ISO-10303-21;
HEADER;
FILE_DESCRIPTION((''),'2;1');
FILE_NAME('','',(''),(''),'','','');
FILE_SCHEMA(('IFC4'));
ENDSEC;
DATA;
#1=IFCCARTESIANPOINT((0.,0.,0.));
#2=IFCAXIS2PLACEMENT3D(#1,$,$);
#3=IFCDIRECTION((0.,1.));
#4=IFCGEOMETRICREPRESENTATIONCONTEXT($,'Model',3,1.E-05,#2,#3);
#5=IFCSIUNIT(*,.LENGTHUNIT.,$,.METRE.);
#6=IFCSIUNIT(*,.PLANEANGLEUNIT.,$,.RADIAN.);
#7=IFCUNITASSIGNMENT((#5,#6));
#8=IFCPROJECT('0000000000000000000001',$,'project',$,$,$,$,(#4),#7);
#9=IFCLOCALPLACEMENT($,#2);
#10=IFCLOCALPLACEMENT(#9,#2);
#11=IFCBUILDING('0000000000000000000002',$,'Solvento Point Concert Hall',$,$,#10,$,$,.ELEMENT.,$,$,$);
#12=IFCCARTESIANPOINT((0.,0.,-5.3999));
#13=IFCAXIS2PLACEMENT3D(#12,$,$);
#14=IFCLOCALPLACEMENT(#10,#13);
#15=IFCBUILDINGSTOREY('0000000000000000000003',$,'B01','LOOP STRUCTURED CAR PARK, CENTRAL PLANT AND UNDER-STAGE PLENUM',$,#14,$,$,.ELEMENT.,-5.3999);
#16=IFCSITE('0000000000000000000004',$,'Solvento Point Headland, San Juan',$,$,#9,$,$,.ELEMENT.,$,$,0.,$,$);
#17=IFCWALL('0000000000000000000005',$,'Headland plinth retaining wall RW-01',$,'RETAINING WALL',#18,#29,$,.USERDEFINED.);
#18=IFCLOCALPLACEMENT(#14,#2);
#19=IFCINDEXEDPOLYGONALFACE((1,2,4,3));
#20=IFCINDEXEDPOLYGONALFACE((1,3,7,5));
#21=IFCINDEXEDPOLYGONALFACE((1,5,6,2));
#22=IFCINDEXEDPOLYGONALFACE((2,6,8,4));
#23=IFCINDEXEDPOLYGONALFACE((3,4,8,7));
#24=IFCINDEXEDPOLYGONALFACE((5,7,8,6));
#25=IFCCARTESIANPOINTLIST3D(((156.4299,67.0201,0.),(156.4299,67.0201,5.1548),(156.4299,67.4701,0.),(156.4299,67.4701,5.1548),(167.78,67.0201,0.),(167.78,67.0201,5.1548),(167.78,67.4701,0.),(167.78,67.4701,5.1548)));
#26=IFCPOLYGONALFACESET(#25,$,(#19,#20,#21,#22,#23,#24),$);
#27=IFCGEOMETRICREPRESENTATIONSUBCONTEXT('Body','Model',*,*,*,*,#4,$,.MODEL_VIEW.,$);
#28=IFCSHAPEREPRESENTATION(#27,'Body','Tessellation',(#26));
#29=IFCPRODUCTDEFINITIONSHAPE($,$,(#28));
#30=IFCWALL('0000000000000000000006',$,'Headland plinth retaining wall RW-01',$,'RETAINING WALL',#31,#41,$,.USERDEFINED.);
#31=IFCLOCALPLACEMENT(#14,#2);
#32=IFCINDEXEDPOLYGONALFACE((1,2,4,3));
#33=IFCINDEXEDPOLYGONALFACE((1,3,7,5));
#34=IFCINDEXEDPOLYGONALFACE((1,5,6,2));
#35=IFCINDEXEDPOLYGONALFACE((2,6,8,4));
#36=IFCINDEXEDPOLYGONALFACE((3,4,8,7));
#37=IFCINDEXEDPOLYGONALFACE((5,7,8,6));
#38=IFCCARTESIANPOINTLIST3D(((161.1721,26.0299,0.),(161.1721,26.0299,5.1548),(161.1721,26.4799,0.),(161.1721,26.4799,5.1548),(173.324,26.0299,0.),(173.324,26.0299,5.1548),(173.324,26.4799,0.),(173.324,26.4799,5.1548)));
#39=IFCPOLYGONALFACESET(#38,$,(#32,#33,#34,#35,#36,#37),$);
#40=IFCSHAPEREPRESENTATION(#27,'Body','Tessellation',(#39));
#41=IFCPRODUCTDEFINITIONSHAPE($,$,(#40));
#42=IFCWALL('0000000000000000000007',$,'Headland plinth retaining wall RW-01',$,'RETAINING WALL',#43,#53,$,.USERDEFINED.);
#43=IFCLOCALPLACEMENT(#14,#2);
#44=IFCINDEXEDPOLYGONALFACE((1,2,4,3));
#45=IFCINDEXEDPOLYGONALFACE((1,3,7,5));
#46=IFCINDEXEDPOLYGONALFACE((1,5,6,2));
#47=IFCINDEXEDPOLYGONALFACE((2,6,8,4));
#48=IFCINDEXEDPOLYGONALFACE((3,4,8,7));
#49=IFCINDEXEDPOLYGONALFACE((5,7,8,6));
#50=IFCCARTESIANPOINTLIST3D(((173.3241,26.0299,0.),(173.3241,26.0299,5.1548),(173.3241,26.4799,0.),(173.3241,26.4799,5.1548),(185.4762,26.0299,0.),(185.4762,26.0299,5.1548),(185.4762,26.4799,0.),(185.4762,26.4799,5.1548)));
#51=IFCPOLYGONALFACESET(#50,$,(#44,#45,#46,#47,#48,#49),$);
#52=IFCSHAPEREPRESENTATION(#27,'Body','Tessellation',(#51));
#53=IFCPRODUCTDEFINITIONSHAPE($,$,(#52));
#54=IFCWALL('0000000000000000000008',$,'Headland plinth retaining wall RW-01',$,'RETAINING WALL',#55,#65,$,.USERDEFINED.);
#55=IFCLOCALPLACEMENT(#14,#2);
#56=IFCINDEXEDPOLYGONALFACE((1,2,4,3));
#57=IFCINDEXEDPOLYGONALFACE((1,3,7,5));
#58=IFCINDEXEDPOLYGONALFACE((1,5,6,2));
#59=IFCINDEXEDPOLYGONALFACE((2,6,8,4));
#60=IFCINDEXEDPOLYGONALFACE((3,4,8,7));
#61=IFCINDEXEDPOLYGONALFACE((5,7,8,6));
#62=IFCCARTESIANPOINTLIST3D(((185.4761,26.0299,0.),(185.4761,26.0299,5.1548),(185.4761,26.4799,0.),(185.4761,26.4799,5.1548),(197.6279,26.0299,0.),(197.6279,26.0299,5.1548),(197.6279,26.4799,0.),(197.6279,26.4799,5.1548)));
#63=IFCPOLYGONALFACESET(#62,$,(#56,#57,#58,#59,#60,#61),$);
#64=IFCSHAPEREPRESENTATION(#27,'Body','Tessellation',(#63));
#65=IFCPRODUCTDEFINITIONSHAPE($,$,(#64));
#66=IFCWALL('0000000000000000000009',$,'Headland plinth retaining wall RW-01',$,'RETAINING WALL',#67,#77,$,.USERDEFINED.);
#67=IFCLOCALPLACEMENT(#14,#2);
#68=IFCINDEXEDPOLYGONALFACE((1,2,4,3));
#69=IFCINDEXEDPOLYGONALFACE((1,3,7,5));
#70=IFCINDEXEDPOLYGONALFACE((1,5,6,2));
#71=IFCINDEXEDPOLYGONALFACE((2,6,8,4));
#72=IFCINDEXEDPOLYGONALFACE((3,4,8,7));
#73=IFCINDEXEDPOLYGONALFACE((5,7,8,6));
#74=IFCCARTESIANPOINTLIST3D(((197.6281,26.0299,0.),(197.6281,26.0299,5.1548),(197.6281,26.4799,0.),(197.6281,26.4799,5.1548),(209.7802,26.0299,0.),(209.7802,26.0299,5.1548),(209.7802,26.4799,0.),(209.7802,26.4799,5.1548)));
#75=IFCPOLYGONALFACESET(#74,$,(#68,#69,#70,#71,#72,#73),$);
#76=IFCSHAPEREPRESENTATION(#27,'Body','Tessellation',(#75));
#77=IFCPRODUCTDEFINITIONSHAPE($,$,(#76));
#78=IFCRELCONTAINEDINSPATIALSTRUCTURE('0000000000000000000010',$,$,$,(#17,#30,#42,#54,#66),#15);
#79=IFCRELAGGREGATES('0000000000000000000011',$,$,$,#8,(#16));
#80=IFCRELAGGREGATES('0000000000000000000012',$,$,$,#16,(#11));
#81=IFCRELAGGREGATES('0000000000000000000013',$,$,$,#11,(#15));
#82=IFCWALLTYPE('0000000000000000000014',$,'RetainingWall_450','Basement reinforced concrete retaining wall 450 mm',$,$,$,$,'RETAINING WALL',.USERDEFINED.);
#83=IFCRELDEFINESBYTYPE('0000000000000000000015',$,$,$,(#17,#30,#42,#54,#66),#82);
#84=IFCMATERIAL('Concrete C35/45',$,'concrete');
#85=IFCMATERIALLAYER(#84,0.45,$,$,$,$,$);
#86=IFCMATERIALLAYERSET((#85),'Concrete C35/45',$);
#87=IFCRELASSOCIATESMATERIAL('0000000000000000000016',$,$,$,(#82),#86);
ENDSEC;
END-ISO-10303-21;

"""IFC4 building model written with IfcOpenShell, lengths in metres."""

from ifc_helpers import new_model, si_unit, direction, frame, frame_2d, origin, place, context, subcontext, project, spatial, rectangle, extrude, material, layer, layer_set, type_object, element, save


model = new_model("IFC4")

# Units and contexts
model_context = context("Model", 3, precision=1e-05, world=origin(), true_north=direction((0.0, 1.0)))
body_context = subcontext(model_context, "Body", "Model", "MODEL_VIEW")
ifc_project = project(units=[si_unit("LENGTHUNIT", "METRE"), si_unit("PLANEANGLEUNIT", "RADIAN")], contexts=[model_context])

# Site, building, storey
site_placement = place(None, origin())
site = spatial("IfcSite", under=ifc_project, at=site_placement, Name="Solvento Point Headland, San Juan", CompositionType="ELEMENT", RefElevation=0.0)
building_placement = place(site_placement, origin())
building = spatial("IfcBuilding", under=site, at=building_placement, Name="Solvento Point Concert Hall", CompositionType="ELEMENT")
storey_placement = place(building_placement, frame((0.0, 0.0, -5.3999)))
storey = spatial("IfcBuildingStorey", under=building, at=storey_placement, Name="B01", Description="LOOP STRUCTURED CAR PARK, CENTRAL PLANT AND UNDER-STAGE PLENUM", CompositionType="ELEMENT", Elevation=-5.3999)

# Walls
ifc_material_1 = material(Name="Concrete C35/45", Category="concrete")
ifc_layer_1 = layer(ifc_material_1, 0.45)
ifc_layer_set_1 = layer_set([ifc_layer_1], Name="Concrete C35/45")
wall_type_1 = type_object("IfcWallType", Name="RetainingWall_450", Description="Basement reinforced concrete retaining wall 450 mm", ElementType="RETAINING WALL", PredefinedType="USERDEFINED", material=ifc_layer_set_1)
wall_1_placement = place(storey_placement, frame((167.78, 67.2451, 0.0), z_axis=(0.0, 0.0, 1.0), x_axis=(-1.0, 0.0, 0.0)))
element("IfcWall", 1, at=wall_1_placement, inside=storey, type_object=wall_type_1, Name="Headland plinth retaining wall RW-01", ObjectType="RETAINING WALL", PredefinedType="USERDEFINED", context=body_context, shape_type="SweptSolid", body=[
    extrude(rectangle(XDim=11.3501, YDim=0.45, at=frame_2d((5.675, 0.0))), origin(), (0.0, 0.0, 1.0), 5.1548),
])
wall_2_placement = place(storey_placement, frame((161.1721, 26.2549, 0.0), z_axis=(0.0, 0.0, 1.0), x_axis=(1.0, 0.0, 0.0)))
element("IfcWall", 2, at=wall_2_placement, inside=storey, type_object=wall_type_1, Name="Headland plinth retaining wall RW-01", ObjectType="RETAINING WALL", PredefinedType="USERDEFINED", context=body_context, shape_type="SweptSolid", body=[
    extrude(rectangle(XDim=12.1519, YDim=0.45, at=frame_2d((6.0759, 0.0))), origin(), (0.0, 0.0, 1.0), 5.1548),
])
wall_3_placement = place(storey_placement, frame((173.324, 26.2549, 0.0), z_axis=(0.0, 0.0, 1.0), x_axis=(1.0, 0.0, 0.0)))
element("IfcWall", 3, at=wall_3_placement, inside=storey, type_object=wall_type_1, Name="Headland plinth retaining wall RW-01", ObjectType="RETAINING WALL", PredefinedType="USERDEFINED", context=body_context, shape_type="SweptSolid", body=[
    extrude(rectangle(XDim=12.1521, YDim=0.45, at=frame_2d((6.0762, 0.0))), origin(), (0.0, 0.0, 1.0), 5.1548),
])
wall_4_placement = place(storey_placement, frame((185.4761, 26.2549, 0.0), z_axis=(0.0, 0.0, 1.0), x_axis=(1.0, 0.0, 0.0)))
element("IfcWall", 4, at=wall_4_placement, inside=storey, type_object=wall_type_1, Name="Headland plinth retaining wall RW-01", ObjectType="RETAINING WALL", PredefinedType="USERDEFINED", context=body_context, shape_type="SweptSolid", body=[
    extrude(rectangle(XDim=12.1519, YDim=0.45, at=frame_2d((6.0759, 0.0))), origin(), (0.0, 0.0, 1.0), 5.1548),
])
wall_5_placement = place(storey_placement, frame((197.6279, 26.2549, 0.0), z_axis=(0.0, 0.0, 1.0), x_axis=(1.0, 0.0, 0.0)))
element("IfcWall", 5, at=wall_5_placement, inside=storey, type_object=wall_type_1, Name="Headland plinth retaining wall RW-01", ObjectType="RETAINING WALL", PredefinedType="USERDEFINED", context=body_context, shape_type="SweptSolid", body=[
    extrude(rectangle(XDim=12.1521, YDim=0.45, at=frame_2d((6.0762, 0.0))), origin(), (0.0, 0.0, 1.0), 5.1548),
])

save(model, "model.ifc")
